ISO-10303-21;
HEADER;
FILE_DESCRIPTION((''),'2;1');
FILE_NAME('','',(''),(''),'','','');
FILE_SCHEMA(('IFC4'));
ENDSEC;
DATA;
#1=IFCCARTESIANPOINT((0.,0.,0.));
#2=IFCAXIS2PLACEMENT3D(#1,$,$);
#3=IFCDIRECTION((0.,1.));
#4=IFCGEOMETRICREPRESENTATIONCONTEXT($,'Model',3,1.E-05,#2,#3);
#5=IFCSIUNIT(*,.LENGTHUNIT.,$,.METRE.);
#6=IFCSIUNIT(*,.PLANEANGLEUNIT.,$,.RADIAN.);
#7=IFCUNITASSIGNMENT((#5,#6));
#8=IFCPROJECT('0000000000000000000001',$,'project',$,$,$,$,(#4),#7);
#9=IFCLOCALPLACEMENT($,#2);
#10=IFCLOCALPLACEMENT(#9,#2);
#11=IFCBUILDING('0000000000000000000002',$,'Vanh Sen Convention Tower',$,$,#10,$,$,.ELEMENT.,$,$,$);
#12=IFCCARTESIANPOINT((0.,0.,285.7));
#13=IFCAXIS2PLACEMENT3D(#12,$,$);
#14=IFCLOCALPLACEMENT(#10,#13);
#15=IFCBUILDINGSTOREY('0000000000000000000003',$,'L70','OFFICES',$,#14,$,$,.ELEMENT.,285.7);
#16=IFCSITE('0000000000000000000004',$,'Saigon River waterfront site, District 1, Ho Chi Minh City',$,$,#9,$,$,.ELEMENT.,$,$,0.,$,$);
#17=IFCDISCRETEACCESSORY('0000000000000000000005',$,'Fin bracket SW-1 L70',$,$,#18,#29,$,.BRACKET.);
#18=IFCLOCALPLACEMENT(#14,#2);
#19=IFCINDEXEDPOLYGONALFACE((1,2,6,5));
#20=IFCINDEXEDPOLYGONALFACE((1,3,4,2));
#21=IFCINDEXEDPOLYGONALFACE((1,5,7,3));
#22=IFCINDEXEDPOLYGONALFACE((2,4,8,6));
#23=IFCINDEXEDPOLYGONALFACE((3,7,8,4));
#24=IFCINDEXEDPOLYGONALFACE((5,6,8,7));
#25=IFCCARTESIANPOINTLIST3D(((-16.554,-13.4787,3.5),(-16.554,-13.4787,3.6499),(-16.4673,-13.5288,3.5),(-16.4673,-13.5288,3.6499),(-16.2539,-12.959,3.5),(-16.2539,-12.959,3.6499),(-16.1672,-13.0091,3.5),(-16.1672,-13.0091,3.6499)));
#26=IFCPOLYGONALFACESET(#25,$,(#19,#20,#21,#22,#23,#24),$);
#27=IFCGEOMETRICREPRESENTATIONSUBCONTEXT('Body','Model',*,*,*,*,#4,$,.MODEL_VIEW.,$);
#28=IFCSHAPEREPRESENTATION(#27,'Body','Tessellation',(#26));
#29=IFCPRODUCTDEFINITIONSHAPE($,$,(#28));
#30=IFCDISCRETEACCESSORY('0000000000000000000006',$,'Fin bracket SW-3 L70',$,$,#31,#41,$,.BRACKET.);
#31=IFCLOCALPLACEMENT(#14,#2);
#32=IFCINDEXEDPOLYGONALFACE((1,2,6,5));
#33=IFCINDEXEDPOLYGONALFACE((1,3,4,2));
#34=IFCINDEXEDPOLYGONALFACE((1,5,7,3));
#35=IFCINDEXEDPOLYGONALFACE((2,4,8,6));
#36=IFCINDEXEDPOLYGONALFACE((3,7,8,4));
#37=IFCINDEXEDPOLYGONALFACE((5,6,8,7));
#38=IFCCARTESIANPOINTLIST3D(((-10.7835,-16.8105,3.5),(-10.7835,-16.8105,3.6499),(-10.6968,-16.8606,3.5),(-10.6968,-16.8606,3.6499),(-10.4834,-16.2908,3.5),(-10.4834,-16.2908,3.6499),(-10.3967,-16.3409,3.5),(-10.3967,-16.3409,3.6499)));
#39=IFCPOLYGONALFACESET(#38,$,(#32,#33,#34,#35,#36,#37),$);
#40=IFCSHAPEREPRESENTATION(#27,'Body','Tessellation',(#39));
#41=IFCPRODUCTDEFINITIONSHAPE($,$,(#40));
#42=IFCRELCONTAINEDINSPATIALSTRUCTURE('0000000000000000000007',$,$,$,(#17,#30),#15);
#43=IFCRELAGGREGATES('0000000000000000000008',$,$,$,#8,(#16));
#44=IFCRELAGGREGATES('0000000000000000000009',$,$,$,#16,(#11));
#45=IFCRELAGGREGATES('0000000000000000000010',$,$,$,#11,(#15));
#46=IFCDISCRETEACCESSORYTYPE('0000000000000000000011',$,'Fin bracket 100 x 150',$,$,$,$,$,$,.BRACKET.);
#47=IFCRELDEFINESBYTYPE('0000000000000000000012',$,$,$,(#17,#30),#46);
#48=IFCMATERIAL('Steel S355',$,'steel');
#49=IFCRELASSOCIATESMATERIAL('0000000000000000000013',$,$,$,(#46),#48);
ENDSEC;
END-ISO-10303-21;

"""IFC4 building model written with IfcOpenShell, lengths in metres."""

from ifc_helpers import new_model, si_unit, direction, frame, origin, origin_2d, place, context, subcontext, project, spatial, rectangle, extrude, material, type_object, element, save


model = new_model("IFC4")

# Units and contexts
model_context = context("Model", 3, precision=1e-05, world=origin(), true_north=direction((0.0, 1.0)))
body_context = subcontext(model_context, "Body", "Model", "MODEL_VIEW")
ifc_project = project(units=[si_unit("LENGTHUNIT", "METRE"), si_unit("PLANEANGLEUNIT", "RADIAN")], contexts=[model_context])

# Site, building, storey
site_placement = place(None, origin())
site = spatial("IfcSite", under=ifc_project, at=site_placement, Name="Saigon River waterfront site, District 1, Ho Chi Minh City", CompositionType="ELEMENT", RefElevation=0.0)
building_placement = place(site_placement, origin())
building = spatial("IfcBuilding", under=site, at=building_placement, Name="Vanh Sen Convention Tower", CompositionType="ELEMENT")
storey_placement = place(building_placement, frame((0.0, 0.0, 285.7)))
storey = spatial("IfcBuildingStorey", under=building, at=storey_placement, Name="L70", Description="OFFICES", CompositionType="ELEMENT", Elevation=285.7)

# Discrete accessories
ifc_material_1 = material(Name="Steel S355", Category="steel")
discrete_accessory_type = type_object("IfcDiscreteAccessoryType", Name="Fin bracket 100 x 150", PredefinedType="BRACKET", material=ifc_material_1)
for number, where, z_axis, x_axis, name in (
    (1, (-16.3606, -13.2439, 3.5), (0.0, 0.0, 1.0), (-0.5, -0.866025, 0.0), "Fin bracket SW-1 L70"),
    (2, (-10.5901, -16.5757, 3.5), (0.0, 0.0, 1.0), (-0.5, -0.866025, 0.0), "Fin bracket SW-3 L70"),
):
    element("IfcDiscreteAccessory", number, at=place(storey_placement, frame(where, z_axis=z_axis, x_axis=x_axis)), inside=storey, type_object=discrete_accessory_type, Name=name, PredefinedType="BRACKET", context=body_context, shape_type="SweptSolid", body=[
        extrude(rectangle(XDim=0.6001, YDim=0.1001, at=origin_2d()), origin(), (0.0, 0.0, 1.0), 0.1499),
    ])

save(model, "model.ifc")
